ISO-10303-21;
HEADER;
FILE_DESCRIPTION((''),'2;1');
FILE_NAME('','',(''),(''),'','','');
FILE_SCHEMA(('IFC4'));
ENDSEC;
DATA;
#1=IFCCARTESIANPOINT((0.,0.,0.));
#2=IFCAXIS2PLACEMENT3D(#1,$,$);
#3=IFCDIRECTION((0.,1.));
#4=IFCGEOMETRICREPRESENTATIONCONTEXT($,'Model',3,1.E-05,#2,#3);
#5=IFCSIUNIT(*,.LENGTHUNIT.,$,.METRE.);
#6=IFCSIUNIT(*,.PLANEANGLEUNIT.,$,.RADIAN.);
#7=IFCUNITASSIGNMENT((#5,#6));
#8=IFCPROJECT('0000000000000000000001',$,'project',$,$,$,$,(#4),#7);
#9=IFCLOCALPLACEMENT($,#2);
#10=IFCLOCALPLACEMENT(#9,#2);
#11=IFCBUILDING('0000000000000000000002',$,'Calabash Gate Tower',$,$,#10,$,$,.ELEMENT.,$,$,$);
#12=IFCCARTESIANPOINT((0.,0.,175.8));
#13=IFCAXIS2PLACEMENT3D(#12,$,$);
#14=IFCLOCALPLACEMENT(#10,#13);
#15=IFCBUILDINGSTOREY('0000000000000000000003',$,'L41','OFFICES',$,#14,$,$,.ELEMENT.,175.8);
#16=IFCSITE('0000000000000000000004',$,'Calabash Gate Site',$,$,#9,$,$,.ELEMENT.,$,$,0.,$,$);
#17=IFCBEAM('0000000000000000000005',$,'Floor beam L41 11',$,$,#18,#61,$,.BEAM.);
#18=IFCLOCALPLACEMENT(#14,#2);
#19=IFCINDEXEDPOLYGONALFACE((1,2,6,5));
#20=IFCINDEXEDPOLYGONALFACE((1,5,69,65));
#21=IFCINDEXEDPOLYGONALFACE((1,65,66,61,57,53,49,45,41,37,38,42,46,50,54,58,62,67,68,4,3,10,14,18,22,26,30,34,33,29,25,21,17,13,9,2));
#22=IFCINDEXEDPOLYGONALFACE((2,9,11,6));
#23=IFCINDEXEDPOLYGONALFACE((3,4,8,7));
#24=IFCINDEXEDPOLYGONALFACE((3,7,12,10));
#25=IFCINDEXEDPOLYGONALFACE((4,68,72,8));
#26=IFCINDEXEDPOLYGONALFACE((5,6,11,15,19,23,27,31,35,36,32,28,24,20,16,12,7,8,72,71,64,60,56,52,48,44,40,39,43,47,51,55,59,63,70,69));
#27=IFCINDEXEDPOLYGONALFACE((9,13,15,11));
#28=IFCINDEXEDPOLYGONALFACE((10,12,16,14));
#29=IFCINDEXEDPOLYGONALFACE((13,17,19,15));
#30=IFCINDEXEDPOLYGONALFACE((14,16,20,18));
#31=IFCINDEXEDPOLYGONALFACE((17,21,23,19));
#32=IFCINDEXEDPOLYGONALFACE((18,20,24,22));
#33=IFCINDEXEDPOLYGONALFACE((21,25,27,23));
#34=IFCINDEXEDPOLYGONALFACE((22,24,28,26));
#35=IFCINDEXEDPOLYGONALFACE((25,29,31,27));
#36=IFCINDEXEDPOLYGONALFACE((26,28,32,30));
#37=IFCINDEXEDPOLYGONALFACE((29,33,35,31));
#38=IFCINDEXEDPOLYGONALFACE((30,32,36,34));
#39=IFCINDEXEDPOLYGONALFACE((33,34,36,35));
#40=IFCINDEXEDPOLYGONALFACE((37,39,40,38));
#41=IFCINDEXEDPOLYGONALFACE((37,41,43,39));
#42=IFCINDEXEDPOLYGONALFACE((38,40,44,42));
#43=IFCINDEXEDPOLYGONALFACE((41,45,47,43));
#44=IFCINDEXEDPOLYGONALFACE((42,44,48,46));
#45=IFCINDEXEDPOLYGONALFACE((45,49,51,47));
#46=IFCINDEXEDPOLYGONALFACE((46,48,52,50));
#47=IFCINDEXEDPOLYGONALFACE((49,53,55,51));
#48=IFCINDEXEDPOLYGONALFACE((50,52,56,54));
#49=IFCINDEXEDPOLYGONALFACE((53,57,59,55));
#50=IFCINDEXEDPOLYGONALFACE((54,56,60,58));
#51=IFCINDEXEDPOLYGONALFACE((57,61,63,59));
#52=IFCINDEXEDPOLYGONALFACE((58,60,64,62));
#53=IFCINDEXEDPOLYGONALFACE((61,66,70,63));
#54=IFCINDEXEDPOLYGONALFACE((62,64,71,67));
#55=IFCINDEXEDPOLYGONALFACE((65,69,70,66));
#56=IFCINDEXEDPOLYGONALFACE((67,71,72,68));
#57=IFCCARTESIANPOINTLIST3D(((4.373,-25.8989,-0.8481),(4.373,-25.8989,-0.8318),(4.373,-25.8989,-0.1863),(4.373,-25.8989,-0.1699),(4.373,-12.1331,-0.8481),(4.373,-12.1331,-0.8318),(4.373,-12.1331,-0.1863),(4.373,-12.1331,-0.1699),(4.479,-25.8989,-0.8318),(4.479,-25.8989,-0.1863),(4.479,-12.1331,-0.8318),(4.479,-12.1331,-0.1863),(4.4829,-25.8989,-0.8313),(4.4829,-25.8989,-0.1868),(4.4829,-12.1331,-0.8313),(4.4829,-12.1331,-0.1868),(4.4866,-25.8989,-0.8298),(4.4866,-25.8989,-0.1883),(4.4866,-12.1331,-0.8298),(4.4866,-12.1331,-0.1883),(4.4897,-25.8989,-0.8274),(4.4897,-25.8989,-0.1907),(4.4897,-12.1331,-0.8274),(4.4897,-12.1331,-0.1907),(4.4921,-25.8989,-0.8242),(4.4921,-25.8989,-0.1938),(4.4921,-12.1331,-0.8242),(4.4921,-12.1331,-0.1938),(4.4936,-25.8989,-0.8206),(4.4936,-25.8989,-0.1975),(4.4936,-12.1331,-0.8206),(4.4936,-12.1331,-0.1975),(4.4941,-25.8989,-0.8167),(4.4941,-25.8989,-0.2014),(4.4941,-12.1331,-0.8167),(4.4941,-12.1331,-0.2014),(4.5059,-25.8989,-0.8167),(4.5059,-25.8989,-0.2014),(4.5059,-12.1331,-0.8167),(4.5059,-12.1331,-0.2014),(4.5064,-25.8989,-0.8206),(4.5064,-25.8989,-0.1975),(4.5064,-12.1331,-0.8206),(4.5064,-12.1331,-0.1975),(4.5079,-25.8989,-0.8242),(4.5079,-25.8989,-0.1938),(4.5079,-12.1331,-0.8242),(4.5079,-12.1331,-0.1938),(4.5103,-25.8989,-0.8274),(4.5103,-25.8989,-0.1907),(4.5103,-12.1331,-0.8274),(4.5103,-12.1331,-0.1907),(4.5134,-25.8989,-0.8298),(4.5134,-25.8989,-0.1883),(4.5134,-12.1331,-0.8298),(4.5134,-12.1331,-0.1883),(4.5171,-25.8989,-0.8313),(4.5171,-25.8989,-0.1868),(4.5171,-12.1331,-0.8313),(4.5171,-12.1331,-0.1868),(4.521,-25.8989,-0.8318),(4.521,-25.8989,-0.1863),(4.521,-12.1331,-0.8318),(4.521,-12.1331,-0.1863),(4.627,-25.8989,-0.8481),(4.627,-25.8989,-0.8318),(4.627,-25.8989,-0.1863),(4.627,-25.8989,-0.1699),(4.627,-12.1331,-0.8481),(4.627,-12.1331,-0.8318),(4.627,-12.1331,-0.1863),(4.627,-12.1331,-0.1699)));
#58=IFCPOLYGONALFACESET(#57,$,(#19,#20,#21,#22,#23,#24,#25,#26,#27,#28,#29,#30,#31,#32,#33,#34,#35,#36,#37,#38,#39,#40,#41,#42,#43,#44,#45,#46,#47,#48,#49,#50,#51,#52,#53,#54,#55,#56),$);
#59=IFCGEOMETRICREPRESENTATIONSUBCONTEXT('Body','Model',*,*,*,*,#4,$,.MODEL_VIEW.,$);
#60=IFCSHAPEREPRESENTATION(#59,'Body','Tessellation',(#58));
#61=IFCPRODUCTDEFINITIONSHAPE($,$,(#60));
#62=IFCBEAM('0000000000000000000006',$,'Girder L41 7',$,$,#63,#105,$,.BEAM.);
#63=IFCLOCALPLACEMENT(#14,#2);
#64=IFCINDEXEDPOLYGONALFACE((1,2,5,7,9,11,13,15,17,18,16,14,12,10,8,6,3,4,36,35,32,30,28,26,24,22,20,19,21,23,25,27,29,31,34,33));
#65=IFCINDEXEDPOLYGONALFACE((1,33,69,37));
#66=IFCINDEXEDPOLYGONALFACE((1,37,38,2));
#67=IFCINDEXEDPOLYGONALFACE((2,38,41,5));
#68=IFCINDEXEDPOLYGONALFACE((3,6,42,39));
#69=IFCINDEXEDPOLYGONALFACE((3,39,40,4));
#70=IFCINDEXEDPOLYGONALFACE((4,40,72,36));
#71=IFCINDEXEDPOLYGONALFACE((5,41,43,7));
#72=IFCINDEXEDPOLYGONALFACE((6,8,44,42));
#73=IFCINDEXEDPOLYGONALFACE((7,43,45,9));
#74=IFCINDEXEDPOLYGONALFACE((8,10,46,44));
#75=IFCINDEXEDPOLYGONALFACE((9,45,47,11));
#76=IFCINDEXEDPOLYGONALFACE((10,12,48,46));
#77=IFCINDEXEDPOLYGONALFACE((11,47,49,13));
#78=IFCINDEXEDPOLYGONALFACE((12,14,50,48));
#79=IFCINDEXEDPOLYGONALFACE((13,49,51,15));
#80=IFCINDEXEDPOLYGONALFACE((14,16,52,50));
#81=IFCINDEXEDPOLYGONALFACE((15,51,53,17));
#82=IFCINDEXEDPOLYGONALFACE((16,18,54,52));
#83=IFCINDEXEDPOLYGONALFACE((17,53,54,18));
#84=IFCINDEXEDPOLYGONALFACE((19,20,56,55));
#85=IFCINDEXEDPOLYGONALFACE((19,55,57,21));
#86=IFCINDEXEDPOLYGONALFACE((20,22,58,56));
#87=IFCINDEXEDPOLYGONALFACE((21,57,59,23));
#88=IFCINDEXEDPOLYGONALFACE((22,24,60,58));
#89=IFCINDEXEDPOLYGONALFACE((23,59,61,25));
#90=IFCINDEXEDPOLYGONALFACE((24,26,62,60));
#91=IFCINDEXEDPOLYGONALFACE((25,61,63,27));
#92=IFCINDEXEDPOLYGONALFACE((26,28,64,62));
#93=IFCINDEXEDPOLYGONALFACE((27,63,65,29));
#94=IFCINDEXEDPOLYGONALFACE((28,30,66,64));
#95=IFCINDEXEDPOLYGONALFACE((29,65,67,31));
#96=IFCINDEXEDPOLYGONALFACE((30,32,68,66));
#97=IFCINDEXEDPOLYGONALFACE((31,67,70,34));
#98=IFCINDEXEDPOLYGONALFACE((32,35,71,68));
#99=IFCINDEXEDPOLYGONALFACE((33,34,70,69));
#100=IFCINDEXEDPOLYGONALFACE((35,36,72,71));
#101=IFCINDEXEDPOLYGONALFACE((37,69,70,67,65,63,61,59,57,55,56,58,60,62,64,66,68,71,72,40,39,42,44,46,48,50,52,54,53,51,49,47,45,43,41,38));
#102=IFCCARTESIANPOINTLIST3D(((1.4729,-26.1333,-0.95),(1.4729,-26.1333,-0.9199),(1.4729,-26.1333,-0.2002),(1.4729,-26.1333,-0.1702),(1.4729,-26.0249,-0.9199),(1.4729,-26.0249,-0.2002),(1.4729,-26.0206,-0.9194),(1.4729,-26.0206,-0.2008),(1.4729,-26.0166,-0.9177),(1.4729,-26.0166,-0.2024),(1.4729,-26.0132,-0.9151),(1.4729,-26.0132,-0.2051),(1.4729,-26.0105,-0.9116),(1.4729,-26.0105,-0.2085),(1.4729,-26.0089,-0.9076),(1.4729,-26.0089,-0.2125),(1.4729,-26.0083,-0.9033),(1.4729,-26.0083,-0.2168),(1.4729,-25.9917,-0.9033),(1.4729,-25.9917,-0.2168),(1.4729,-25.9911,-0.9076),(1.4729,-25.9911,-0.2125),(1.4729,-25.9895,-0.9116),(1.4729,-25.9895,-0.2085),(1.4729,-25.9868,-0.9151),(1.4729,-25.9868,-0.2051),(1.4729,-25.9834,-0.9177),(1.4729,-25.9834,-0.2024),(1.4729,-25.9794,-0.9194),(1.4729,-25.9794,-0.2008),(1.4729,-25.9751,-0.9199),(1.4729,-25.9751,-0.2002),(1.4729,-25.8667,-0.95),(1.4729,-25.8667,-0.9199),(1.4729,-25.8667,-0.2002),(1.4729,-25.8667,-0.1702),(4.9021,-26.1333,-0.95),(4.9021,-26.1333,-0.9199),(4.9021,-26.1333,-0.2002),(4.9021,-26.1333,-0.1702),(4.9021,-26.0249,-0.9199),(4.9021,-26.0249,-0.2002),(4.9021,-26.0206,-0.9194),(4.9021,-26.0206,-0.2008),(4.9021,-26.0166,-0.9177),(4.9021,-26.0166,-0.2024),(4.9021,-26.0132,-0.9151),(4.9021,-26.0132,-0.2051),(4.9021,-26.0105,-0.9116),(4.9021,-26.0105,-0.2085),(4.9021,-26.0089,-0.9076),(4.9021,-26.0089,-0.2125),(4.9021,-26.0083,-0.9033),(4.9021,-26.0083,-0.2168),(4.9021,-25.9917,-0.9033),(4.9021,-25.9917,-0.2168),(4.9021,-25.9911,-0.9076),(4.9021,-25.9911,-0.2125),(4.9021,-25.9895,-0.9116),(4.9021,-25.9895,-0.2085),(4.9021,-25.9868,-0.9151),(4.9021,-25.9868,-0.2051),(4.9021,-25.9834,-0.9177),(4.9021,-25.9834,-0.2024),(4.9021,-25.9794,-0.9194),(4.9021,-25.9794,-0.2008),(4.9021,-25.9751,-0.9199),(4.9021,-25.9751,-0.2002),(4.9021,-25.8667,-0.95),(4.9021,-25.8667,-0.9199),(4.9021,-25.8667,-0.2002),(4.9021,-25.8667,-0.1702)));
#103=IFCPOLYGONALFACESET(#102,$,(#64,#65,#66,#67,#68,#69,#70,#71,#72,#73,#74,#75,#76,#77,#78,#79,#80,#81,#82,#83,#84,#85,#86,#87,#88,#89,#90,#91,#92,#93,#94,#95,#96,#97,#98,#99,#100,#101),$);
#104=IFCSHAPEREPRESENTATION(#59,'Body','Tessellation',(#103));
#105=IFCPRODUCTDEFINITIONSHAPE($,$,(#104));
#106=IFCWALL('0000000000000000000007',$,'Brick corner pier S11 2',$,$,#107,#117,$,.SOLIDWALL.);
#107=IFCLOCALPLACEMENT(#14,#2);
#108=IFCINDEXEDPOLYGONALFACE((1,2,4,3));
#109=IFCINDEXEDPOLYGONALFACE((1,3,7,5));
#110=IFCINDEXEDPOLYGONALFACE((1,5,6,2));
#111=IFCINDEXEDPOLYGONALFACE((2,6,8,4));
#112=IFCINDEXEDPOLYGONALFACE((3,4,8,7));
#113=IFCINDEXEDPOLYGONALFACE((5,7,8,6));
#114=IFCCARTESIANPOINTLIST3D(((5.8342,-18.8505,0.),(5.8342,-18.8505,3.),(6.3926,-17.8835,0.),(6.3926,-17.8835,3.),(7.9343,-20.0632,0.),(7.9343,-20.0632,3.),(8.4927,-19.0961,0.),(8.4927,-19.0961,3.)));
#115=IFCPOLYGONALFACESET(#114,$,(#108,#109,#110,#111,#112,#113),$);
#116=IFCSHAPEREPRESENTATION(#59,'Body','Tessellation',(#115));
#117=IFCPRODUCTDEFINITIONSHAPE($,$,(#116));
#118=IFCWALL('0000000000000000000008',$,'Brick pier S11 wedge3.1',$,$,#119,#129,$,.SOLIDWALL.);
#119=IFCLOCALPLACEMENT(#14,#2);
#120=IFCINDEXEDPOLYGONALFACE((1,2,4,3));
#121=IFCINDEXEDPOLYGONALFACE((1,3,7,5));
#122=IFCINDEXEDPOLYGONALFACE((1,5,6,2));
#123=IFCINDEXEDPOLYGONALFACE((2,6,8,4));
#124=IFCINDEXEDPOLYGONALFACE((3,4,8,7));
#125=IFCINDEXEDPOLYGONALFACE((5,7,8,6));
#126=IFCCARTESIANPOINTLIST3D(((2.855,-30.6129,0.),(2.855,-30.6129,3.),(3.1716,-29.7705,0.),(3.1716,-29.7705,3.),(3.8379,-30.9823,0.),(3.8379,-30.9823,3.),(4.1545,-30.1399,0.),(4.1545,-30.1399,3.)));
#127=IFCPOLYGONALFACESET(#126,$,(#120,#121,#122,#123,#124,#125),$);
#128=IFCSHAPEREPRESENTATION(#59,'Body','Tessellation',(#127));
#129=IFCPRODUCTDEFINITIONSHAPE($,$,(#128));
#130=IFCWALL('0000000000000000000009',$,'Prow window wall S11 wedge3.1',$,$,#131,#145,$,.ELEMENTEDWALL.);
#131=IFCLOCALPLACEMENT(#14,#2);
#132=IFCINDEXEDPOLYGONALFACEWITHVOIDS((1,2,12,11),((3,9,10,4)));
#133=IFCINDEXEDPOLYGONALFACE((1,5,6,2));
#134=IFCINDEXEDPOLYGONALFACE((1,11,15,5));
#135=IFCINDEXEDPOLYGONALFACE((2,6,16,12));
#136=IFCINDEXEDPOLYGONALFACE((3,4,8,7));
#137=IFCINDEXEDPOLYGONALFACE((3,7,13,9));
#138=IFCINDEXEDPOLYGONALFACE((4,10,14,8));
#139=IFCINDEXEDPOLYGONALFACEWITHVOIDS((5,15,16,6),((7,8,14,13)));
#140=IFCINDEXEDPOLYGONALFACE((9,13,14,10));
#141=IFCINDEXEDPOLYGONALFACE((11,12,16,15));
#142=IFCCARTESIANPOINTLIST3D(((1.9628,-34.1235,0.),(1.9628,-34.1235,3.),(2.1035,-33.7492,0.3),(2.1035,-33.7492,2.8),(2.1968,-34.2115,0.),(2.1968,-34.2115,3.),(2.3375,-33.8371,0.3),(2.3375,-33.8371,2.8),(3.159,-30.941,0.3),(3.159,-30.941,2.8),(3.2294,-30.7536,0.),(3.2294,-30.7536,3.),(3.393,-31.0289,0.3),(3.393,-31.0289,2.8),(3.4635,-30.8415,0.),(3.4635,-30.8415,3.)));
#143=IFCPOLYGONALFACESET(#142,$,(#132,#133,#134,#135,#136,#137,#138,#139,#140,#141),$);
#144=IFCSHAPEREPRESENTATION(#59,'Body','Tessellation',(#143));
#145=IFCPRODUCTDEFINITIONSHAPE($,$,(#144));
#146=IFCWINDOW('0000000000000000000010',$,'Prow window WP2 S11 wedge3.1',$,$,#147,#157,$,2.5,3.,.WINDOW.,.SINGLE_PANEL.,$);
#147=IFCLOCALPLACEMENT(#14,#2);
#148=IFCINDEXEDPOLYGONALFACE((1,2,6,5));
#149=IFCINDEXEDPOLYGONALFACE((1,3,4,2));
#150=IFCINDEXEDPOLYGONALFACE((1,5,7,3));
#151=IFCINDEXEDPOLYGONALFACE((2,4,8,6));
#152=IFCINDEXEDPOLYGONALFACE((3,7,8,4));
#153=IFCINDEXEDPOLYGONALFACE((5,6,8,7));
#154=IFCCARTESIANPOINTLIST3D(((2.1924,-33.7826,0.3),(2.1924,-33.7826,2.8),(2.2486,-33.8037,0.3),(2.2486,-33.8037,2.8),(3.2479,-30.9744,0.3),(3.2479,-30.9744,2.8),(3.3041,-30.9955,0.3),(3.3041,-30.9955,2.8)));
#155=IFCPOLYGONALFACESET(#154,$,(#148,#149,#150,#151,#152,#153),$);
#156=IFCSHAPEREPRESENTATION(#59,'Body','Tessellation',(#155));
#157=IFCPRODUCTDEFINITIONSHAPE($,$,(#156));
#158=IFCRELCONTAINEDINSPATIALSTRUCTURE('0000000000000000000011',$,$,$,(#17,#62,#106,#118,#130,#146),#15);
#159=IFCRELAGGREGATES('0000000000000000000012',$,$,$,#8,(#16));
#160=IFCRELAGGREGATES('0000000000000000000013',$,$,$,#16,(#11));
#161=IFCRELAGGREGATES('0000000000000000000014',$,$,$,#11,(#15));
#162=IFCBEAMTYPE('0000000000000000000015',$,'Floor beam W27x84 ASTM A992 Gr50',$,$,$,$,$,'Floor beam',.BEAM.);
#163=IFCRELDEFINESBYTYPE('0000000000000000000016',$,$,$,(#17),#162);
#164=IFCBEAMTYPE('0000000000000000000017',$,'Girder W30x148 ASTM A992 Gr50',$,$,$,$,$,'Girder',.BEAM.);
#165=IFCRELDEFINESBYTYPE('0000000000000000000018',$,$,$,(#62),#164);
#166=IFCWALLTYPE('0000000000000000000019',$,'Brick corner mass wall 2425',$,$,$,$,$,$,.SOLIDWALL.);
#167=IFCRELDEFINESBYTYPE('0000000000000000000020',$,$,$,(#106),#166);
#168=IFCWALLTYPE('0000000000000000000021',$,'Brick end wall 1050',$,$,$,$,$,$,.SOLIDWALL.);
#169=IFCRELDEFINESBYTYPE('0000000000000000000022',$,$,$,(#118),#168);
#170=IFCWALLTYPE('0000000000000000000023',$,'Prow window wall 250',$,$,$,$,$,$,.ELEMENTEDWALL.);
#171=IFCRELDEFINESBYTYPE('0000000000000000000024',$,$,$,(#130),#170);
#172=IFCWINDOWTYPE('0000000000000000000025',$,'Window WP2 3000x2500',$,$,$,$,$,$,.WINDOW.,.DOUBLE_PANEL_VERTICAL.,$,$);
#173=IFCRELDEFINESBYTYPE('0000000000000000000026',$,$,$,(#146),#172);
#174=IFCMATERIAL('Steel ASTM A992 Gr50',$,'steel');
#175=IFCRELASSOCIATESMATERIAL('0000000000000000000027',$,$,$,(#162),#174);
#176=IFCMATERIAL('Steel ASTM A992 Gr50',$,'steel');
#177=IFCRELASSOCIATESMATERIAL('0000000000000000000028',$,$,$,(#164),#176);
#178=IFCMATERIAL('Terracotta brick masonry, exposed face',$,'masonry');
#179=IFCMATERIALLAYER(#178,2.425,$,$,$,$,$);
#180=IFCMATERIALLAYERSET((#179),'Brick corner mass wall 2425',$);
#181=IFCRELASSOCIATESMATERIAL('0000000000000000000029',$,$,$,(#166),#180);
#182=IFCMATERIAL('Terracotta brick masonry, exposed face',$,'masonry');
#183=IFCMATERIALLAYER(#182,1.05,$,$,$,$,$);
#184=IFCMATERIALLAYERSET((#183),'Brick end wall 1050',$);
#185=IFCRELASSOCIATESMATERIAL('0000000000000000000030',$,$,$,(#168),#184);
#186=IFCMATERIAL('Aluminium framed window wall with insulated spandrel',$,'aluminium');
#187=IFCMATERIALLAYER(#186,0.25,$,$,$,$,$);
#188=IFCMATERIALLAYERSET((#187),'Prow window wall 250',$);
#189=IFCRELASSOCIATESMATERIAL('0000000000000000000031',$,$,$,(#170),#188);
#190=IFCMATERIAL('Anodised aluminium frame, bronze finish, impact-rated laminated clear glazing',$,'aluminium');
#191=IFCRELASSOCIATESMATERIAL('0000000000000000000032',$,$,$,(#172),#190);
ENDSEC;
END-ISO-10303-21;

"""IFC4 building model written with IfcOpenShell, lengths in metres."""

from ifc_helpers import new_model, si_unit, direction, frame, frame_2d, origin, origin_2d, place, context, subcontext, project, spatial, rectangle, i_section, extrude, material, layer, layer_set, material_profile, profile_set, type_object, element, fill, save


model = new_model("IFC4")

# Units and contexts
model_context = context("Model", 3, precision=1e-05, world=origin(), true_north=direction((0.0, 1.0)))
body_context = subcontext(model_context, "Body", "Model", "MODEL_VIEW")
ifc_project = project(units=[si_unit("LENGTHUNIT", "METRE"), si_unit("PLANEANGLEUNIT", "RADIAN")], contexts=[model_context])

# Site, building, storey
site_placement = place(None, origin())
site = spatial("IfcSite", under=ifc_project, at=site_placement, Name="Calabash Gate Site", CompositionType="ELEMENT", RefElevation=0.0)
building_placement = place(site_placement, origin())
building = spatial("IfcBuilding", under=site, at=building_placement, Name="Calabash Gate Tower", CompositionType="ELEMENT")
storey_placement = place(building_placement, frame((0.0, 0.0, 175.8)))
storey = spatial("IfcBuildingStorey", under=building, at=storey_placement, Name="L41", Description="OFFICES", CompositionType="ELEMENT", Elevation=175.8)

# Beams
ifc_material_1 = material(Name="Steel ASTM A992 Gr50", Category="steel")
ifc_material_profile_1 = material_profile(ifc_material_1, i_section(OverallWidth=0.2539, OverallDepth=0.6782, WebThickness=0.0117, FlangeThickness=0.0164, FilletRadius=0.0151, at=origin_2d()))
ifc_profile_set_1 = profile_set([ifc_material_profile_1], Name="Steel ASTM A992 Gr50")
beam_type_1 = type_object("IfcBeamType", Name="Floor beam W27x84 ASTM A992 Gr50", ElementType="Floor beam", PredefinedType="BEAM", material=ifc_profile_set_1)
beam_1_placement = place(storey_placement, frame((4.5, -25.8989, -0.509), z_axis=(0.0, 1.0, 0.0), x_axis=(-1.0, 0.0, 0.0)))
element("IfcBeam", 1, at=beam_1_placement, inside=storey, type_object=beam_type_1, Name="Floor beam L41 11", PredefinedType="BEAM", context=body_context, shape_type="SweptSolid", body=[
    extrude(i_section(OverallWidth=0.2539, OverallDepth=0.6782, WebThickness=0.0117, FlangeThickness=0.0164, FilletRadius=0.0151, at=origin_2d()), origin(), (0.0, 0.0, 1.0), 13.7659),
])
ifc_material_2 = material(Name="Steel ASTM A992 Gr50", Category="steel")
ifc_material_profile_2 = material_profile(ifc_material_2, i_section(OverallWidth=0.2666, OverallDepth=0.7798, WebThickness=0.0166, FlangeThickness=0.03, FilletRadius=0.0166, at=origin_2d()))
ifc_profile_set_2 = profile_set([ifc_material_profile_2], Name="Steel ASTM A992 Gr50")
beam_type_2 = type_object("IfcBeamType", Name="Girder W30x148 ASTM A992 Gr50", ElementType="Girder", PredefinedType="BEAM", material=ifc_profile_set_2)
beam_2_placement = place(storey_placement, frame((1.4729, -26.0, -0.5601), z_axis=(1.0, 0.0, 0.0), x_axis=(0.0, 1.0, 0.0)))
element("IfcBeam", 2, at=beam_2_placement, inside=storey, type_object=beam_type_2, Name="Girder L41 7", PredefinedType="BEAM", context=body_context, shape_type="SweptSolid", body=[
    extrude(i_section(OverallWidth=0.2666, OverallDepth=0.7798, WebThickness=0.0166, FlangeThickness=0.03, FilletRadius=0.0166, at=origin_2d()), origin(), (0.0, 0.0, 1.0), 3.4292),
])

# Walls
ifc_material_3 = material(Name="Terracotta brick masonry, exposed face", Category="masonry")
ifc_layer_1 = layer(ifc_material_3, 2.425)
ifc_layer_set_1 = layer_set([ifc_layer_1], Name="Brick corner mass wall 2425")
wall_type_1 = type_object("IfcWallType", Name="Brick corner mass wall 2425", PredefinedType="SOLIDWALL", material=ifc_layer_set_1)
wall_1_placement = place(storey_placement, frame((8.2134, -19.5796, 0.0), z_axis=(0.0, 0.0, 1.0), x_axis=(-0.865998, 0.500048, 0.0)))
element("IfcWall", 3, at=wall_1_placement, inside=storey, type_object=wall_type_1, Name="Brick corner pier S11 2", PredefinedType="SOLIDWALL", context=body_context, shape_type="SweptSolid", body=[
    extrude(rectangle(XDim=2.425, YDim=1.1167, at=frame_2d((1.2124, 0.0))), origin(), (0.0, 0.0, 1.0), 3.0),
])
ifc_material_4 = material(Name="Terracotta brick masonry, exposed face", Category="masonry")
ifc_layer_2 = layer(ifc_material_4, 1.05)
ifc_layer_set_2 = layer_set([ifc_layer_2], Name="Brick end wall 1050")
wall_type_2 = type_object("IfcWallType", Name="Brick end wall 1050", PredefinedType="SOLIDWALL", material=ifc_layer_set_2)
wall_2_placement = place(storey_placement, frame((3.9961, -30.561, 0.0), z_axis=(0.0, 0.0, 1.0), x_axis=(-0.936081, 0.351786, 0.0)))
element("IfcWall", 4, at=wall_2_placement, inside=storey, type_object=wall_type_2, Name="Brick pier S11 wedge3.1", PredefinedType="SOLIDWALL", context=body_context, shape_type="SweptSolid", body=[
    extrude(rectangle(XDim=1.05, YDim=0.8999, at=frame_2d((0.5249, 0.0))), origin(), (0.0, 0.0, 1.0), 3.0),
])

# Wall, opening, window
ifc_material_5 = material(Name="Aluminium framed window wall with insulated spandrel", Category="aluminium")
ifc_layer_3 = layer(ifc_material_5, 0.25)
ifc_layer_set_3 = layer_set([ifc_layer_3], Name="Prow window wall 250")
wall_type_3 = type_object("IfcWallType", Name="Prow window wall 250", PredefinedType="ELEMENTEDWALL", material=ifc_layer_set_3)
wall_3_placement = place(storey_placement, frame((2.0798, -34.1675, 0.0), z_axis=(0.0, 0.0, 1.0), x_axis=(0.351829, 0.936064, 0.0)))
wall_3 = element("IfcWall", 5, at=wall_3_placement, inside=storey, type_object=wall_type_3, Name="Prow window wall S11 wedge3.1", PredefinedType="ELEMENTEDWALL", context=body_context, shape_type="SweptSolid", body=[
    extrude(rectangle(XDim=3.6001, YDim=0.25, at=frame_2d((1.8, 0.0))), origin(), (0.0, 0.0, 1.0), 3.0),
])
opening_1_placement = place(wall_3_placement, frame((0.3999, 0.0, 0.3)))
opening_1 = element("IfcOpeningElement", 6, at=opening_1_placement, cuts=wall_3, PredefinedType="OPENING", context=body_context, shape_type="SweptSolid", body=[
    extrude(rectangle(XDim=3.0, YDim=2.5, at=frame_2d((1.5, 1.25))), frame((0.0, 0.135, 0.0), z_axis=(0.0, -1.0, 0.0), x_axis=(1.0, 0.0, 0.0)), (0.0, 0.0, 1.0), 0.27),
])
ifc_material_6 = material(Name="Anodised aluminium frame, bronze finish, impact-rated laminated clear glazing", Category="aluminium")
window_type = type_object("IfcWindowType", Name="Window WP2 3000x2500", PartitioningType="DOUBLE_PANEL_VERTICAL", PredefinedType="WINDOW", material=ifc_material_6)
window_1_placement = place(opening_1_placement, origin())
window_1 = element("IfcWindow", 7, at=window_1_placement, inside=storey, type_object=window_type, Name="Prow window WP2 S11 wedge3.1", OverallHeight=2.5, OverallWidth=3.0, PartitioningType="SINGLE_PANEL", PredefinedType="WINDOW", context=body_context, shape_type="SweptSolid", body=[
    extrude(rectangle(XDim=3.0, YDim=2.5, at=frame_2d((1.5, 1.25))), frame((0.0, 0.03, 0.0), z_axis=(0.0, -1.0, 0.0), x_axis=(1.0, 0.0, 0.0)), (0.0, 0.0, 1.0), 0.0601),
])
fill(opening_1, window_1)

save(model, "model.ifc")
